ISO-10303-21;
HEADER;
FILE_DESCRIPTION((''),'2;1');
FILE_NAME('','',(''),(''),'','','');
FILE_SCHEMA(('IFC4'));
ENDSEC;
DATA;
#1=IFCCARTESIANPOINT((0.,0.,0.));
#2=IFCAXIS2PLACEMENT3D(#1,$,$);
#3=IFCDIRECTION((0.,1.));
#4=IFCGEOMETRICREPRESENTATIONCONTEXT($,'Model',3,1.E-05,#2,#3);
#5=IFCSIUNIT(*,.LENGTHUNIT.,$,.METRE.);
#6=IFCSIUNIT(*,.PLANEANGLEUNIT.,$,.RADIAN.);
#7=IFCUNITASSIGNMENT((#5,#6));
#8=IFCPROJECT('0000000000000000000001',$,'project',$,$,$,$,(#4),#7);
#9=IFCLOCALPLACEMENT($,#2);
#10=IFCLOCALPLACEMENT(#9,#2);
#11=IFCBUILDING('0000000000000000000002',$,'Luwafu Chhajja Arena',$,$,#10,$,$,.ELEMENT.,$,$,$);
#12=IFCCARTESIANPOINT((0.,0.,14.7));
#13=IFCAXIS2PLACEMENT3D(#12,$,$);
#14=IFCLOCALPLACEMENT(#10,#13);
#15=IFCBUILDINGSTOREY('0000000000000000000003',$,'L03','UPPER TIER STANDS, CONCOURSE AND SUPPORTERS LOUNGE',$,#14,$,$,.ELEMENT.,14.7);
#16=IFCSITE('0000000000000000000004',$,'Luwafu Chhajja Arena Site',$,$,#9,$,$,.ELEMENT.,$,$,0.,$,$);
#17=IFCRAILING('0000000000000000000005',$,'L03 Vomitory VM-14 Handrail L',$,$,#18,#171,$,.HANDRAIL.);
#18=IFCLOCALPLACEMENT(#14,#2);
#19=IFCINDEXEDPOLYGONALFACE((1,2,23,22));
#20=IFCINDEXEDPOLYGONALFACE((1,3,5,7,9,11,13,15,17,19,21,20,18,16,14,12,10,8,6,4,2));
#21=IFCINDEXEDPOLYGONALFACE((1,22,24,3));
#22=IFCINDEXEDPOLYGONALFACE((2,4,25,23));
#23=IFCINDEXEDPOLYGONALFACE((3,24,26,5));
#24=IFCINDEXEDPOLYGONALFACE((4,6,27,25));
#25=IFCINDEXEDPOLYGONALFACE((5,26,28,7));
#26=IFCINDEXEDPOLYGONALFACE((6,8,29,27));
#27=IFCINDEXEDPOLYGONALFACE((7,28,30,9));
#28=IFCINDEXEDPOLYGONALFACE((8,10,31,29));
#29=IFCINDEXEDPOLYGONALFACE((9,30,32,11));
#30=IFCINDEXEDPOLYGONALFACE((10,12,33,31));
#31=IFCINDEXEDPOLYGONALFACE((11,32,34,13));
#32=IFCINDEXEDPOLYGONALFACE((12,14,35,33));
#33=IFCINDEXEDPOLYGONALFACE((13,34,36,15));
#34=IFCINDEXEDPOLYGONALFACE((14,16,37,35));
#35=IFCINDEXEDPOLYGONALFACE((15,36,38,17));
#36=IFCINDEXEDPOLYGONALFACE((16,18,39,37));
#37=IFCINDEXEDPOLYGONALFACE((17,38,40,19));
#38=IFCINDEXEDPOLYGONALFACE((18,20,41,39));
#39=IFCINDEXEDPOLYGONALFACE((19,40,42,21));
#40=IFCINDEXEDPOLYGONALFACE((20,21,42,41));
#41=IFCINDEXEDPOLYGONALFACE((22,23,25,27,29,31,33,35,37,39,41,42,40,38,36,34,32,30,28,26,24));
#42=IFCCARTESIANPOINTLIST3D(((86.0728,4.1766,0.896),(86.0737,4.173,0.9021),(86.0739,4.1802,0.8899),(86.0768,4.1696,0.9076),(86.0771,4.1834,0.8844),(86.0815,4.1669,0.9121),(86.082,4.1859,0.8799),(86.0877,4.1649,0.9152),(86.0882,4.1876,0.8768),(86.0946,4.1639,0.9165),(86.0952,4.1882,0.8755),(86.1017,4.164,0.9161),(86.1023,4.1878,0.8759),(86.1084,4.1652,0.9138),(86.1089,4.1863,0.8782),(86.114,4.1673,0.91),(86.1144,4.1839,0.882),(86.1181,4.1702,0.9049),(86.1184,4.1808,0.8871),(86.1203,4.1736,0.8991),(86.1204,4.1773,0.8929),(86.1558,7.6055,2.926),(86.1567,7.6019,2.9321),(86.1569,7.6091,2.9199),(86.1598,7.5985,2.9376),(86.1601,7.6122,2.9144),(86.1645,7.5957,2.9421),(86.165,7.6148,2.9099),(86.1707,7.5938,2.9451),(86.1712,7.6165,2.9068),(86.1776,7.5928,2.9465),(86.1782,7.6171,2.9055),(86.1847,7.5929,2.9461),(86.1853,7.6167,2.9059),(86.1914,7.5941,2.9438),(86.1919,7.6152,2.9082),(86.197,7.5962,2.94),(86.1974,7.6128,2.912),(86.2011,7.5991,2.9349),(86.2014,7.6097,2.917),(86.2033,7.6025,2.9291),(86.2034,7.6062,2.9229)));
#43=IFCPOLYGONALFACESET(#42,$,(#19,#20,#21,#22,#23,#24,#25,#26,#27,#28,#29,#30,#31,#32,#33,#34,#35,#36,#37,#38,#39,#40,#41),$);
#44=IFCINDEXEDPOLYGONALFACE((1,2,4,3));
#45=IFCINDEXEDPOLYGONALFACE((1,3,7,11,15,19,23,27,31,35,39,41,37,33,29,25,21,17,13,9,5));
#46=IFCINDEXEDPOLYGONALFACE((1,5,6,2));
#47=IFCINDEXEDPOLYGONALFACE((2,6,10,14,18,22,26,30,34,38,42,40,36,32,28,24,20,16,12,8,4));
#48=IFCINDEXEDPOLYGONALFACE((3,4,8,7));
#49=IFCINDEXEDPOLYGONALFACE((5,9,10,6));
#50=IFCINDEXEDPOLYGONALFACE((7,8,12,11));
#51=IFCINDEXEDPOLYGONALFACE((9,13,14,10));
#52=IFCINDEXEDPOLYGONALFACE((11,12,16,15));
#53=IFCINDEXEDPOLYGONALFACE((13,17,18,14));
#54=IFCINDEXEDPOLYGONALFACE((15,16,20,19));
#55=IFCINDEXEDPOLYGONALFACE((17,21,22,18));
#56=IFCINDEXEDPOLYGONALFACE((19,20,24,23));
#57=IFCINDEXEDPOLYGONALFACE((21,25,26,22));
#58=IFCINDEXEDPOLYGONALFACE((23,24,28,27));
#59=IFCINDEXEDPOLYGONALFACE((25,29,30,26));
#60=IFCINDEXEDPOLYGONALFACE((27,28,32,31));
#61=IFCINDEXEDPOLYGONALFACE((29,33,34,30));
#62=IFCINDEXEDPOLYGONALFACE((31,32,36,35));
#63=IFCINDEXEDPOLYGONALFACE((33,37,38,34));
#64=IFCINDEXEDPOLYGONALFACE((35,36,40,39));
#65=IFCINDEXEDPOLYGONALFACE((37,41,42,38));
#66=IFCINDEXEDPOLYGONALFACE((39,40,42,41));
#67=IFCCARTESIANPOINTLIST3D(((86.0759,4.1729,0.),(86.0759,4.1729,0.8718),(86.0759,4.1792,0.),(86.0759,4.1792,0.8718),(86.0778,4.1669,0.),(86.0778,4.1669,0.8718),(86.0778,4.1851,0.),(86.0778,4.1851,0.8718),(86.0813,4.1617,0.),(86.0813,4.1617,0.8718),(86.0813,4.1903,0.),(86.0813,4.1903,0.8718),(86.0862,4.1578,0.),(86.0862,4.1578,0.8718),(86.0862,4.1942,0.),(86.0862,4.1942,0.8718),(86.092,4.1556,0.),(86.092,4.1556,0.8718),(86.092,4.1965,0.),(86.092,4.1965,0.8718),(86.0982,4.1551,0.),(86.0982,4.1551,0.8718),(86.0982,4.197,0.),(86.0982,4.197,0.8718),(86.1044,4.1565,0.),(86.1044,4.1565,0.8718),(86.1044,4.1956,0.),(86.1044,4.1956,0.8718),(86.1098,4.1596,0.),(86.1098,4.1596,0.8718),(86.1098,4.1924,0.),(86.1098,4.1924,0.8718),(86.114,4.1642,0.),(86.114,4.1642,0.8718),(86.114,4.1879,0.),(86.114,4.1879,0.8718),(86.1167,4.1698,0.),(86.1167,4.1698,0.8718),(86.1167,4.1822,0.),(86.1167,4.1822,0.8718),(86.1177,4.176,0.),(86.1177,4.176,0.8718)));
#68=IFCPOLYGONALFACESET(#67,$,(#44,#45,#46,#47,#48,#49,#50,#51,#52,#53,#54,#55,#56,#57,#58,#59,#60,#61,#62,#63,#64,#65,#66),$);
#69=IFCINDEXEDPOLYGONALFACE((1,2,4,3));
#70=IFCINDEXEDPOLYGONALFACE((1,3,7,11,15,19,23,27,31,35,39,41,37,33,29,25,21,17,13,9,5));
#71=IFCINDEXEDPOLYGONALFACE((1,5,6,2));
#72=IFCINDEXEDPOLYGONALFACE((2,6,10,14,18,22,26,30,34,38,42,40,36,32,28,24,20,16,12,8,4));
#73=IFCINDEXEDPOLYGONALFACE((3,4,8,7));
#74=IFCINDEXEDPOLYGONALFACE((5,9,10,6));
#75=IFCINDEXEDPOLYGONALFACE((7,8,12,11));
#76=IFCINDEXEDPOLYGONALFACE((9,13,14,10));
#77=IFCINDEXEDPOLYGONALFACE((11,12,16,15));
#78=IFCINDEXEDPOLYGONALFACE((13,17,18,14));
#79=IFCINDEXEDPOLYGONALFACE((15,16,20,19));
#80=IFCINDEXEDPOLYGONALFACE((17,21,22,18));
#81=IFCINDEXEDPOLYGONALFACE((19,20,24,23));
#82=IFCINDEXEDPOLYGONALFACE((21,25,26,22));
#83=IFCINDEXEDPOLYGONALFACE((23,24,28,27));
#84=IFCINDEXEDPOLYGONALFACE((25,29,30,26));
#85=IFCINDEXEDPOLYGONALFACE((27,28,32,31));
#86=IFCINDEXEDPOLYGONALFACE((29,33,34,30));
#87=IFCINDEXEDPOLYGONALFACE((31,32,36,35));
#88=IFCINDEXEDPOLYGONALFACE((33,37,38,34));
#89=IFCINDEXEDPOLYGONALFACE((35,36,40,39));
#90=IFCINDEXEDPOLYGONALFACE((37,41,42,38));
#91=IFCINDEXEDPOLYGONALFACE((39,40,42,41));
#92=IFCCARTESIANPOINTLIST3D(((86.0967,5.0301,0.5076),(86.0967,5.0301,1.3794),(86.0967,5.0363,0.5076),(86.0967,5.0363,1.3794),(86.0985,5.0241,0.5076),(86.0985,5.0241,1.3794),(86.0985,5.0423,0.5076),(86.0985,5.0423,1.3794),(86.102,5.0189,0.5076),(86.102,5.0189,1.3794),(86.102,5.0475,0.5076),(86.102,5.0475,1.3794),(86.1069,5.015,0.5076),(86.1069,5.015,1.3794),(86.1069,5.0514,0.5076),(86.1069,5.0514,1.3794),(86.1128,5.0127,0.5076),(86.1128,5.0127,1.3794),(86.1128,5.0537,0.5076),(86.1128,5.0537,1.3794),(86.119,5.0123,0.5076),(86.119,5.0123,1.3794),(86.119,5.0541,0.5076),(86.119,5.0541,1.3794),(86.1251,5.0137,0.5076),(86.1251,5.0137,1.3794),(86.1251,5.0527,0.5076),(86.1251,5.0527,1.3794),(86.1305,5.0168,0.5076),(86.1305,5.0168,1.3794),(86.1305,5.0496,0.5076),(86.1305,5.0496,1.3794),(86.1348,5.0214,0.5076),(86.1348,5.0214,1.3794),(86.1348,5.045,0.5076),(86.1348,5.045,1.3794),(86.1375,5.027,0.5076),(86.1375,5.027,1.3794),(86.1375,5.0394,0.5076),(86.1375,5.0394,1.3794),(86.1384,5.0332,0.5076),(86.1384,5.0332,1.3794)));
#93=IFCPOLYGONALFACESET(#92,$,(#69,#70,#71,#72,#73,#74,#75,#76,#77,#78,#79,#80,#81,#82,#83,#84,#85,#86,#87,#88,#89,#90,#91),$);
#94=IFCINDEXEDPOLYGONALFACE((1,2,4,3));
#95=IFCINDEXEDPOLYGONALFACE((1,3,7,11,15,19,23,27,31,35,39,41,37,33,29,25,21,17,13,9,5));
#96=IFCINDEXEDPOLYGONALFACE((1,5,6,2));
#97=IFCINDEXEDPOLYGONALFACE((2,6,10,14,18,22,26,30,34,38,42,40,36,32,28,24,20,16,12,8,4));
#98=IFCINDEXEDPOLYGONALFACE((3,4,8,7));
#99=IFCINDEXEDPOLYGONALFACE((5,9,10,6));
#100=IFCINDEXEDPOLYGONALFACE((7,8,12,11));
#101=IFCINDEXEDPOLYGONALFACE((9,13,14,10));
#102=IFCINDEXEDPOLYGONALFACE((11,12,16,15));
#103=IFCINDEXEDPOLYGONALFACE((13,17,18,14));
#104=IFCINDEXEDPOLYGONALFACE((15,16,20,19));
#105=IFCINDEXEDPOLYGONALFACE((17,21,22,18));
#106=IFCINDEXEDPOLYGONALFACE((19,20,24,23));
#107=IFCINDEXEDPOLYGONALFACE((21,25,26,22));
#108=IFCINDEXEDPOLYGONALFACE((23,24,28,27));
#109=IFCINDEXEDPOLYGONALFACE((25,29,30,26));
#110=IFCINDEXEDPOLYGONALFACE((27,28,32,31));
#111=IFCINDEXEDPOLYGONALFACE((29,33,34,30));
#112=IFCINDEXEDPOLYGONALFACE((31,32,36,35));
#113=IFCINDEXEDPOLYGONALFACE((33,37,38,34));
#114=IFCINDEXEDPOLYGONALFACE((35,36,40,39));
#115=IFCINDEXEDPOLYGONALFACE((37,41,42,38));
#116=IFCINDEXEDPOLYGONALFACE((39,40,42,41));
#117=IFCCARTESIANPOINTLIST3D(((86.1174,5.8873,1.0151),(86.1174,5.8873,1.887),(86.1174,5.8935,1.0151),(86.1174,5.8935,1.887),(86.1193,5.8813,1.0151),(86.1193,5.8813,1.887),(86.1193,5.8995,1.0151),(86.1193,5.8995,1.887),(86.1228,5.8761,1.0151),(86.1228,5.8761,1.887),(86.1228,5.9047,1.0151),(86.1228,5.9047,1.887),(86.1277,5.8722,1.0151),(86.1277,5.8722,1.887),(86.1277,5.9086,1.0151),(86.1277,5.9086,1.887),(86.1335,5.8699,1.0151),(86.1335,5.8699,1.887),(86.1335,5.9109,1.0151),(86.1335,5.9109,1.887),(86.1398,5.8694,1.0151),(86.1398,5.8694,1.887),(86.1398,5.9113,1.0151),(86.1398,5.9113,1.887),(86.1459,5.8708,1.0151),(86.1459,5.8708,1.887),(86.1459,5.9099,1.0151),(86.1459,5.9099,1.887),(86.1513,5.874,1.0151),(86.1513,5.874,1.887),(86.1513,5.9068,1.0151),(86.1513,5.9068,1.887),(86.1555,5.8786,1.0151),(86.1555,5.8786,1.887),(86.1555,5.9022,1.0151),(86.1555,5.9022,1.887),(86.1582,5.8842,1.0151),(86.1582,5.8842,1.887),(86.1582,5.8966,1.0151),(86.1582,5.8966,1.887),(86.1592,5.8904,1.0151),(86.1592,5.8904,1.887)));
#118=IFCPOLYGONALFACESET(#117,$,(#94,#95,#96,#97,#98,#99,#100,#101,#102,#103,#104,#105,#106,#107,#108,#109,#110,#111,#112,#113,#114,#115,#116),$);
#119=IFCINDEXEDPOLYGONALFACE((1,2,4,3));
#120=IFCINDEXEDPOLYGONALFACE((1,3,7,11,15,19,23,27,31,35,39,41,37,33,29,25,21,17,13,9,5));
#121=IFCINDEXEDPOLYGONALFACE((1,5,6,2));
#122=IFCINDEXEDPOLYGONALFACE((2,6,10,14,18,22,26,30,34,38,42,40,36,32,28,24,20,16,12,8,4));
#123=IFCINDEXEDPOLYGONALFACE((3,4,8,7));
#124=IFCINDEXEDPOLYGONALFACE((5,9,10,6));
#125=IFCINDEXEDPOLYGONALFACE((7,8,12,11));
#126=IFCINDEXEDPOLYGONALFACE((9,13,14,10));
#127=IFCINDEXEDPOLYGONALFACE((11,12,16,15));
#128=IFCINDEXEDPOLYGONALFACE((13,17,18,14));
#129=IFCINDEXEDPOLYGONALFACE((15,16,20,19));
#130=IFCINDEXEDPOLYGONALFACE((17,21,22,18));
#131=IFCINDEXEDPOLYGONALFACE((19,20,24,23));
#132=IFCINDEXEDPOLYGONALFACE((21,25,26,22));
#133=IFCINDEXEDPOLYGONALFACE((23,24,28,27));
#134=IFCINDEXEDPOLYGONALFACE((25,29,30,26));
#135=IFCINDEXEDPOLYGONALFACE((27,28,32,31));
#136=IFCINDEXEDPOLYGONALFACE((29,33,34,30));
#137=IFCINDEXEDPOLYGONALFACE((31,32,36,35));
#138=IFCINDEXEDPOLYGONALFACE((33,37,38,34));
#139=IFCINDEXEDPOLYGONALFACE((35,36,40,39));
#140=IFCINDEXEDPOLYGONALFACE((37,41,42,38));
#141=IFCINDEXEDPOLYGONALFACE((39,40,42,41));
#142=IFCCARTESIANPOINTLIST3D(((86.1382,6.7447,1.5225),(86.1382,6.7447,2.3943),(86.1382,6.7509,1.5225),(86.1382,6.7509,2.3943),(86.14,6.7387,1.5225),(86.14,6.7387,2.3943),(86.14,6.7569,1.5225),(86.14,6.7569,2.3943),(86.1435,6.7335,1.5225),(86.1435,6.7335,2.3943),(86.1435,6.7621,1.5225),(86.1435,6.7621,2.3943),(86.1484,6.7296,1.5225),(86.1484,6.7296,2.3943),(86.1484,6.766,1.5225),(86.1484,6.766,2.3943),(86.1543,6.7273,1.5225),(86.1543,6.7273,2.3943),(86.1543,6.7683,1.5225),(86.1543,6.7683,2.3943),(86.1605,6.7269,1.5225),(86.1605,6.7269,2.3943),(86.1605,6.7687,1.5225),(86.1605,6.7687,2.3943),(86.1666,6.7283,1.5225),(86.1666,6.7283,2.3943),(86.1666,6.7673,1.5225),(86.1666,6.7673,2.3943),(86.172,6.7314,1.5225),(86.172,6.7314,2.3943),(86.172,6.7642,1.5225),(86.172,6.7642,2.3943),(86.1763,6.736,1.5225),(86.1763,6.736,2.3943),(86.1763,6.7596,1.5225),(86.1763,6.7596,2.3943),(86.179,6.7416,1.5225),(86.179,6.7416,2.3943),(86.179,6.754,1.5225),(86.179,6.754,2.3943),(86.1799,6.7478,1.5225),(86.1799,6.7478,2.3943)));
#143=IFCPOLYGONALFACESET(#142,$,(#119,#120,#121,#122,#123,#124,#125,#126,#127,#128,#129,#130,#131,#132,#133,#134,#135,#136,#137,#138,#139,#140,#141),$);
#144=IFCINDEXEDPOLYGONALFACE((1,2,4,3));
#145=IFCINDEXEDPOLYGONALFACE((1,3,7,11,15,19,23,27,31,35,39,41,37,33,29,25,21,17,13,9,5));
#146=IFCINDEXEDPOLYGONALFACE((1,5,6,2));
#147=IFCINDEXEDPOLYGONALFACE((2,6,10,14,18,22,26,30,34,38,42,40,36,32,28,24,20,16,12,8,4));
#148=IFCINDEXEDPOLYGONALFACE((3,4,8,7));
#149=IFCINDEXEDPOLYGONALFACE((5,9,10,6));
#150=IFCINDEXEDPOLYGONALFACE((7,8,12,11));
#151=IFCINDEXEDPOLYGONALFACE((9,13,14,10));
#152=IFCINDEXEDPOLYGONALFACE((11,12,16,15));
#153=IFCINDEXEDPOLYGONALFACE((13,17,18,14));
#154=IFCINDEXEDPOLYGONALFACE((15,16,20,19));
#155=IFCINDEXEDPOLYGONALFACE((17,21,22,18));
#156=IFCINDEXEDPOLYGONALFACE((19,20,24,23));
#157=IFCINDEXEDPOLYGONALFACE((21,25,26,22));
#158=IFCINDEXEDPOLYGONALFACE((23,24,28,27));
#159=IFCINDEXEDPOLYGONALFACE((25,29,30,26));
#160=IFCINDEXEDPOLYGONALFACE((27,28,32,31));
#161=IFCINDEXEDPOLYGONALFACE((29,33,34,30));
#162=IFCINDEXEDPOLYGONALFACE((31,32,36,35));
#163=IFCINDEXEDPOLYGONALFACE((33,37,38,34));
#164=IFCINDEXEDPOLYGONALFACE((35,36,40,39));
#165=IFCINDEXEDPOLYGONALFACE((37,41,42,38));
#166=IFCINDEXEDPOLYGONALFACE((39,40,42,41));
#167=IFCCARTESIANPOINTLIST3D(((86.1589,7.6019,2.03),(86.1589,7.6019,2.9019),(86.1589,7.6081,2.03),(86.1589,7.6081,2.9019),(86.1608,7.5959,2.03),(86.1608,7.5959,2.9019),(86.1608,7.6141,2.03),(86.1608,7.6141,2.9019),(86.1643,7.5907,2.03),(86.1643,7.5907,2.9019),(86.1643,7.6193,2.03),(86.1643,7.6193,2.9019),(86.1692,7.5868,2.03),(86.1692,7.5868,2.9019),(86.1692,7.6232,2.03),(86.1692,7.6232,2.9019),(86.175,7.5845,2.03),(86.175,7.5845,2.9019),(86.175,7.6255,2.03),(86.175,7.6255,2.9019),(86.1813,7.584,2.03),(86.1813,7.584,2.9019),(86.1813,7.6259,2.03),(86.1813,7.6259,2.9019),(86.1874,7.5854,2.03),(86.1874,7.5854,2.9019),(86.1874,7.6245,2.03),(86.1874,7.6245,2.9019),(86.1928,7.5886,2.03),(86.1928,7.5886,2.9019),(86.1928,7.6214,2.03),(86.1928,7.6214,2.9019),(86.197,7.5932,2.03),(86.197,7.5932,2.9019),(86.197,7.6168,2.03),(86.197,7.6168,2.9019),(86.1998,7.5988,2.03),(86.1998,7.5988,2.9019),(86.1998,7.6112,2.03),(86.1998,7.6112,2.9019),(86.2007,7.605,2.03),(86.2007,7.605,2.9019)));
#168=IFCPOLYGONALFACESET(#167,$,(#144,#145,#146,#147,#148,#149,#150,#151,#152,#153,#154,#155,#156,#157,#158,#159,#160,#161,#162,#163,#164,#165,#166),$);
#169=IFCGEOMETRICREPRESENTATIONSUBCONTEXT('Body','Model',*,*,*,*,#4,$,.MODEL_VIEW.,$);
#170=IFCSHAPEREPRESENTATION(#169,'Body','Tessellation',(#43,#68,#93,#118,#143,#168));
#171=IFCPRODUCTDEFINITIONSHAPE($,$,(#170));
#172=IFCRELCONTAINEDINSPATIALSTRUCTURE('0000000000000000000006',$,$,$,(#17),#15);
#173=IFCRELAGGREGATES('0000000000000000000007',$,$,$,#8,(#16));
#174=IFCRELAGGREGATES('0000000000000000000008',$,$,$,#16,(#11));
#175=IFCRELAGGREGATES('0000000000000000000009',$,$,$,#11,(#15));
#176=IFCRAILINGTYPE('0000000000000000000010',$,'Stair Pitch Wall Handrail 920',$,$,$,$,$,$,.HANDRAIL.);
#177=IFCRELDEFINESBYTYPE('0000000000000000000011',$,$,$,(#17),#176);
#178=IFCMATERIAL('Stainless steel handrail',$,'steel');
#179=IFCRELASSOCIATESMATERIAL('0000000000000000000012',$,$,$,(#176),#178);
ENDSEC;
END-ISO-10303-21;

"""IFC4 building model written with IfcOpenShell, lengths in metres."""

from ifc_helpers import new_model, si_unit, direction, frame, origin, origin_2d, place, context, subcontext, project, spatial, circle, extrude, material, type_object, element, save


model = new_model("IFC4")

# Units and contexts
model_context = context("Model", 3, precision=1e-05, world=origin(), true_north=direction((0.0, 1.0)))
body_context = subcontext(model_context, "Body", "Model", "MODEL_VIEW")
ifc_project = project(units=[si_unit("LENGTHUNIT", "METRE"), si_unit("PLANEANGLEUNIT", "RADIAN")], contexts=[model_context])

# Site, building, storey
site_placement = place(None, origin())
site = spatial("IfcSite", under=ifc_project, at=site_placement, Name="Luwafu Chhajja Arena Site", CompositionType="ELEMENT", RefElevation=0.0)
building_placement = place(site_placement, origin())
building = spatial("IfcBuilding", under=site, at=building_placement, Name="Luwafu Chhajja Arena", CompositionType="ELEMENT")
storey_placement = place(building_placement, frame((0.0, 0.0, 14.7)))
storey = spatial("IfcBuildingStorey", under=building, at=storey_placement, Name="L03", Description="UPPER TIER STANDS, CONCOURSE AND SUPPORTERS LOUNGE", CompositionType="ELEMENT", Elevation=14.7)

# Railing
ifc_material_1 = material(Name="Stainless steel handrail", Category="steel")
railing_type_1 = type_object("IfcRailingType", Name="Stair Pitch Wall Handrail 920", PredefinedType="HANDRAIL", material=ifc_material_1)
railing_1_placement = place(storey_placement, frame((86.0967, 4.176, 0.0)))
element("IfcRailing", 1, at=railing_1_placement, inside=storey, type_object=railing_type_1, Name="L03 Vomitory VM-14 Handrail L", PredefinedType="HANDRAIL", context=body_context, shape_type="SweptSolid", body=[
    extrude(circle(Radius=0.0239, at=origin_2d()), frame((0.0, 0.0, 0.896), z_axis=(0.020827, 0.860319, 0.509331), x_axis=(-0.999707, 0.024201, 0.0)), (0.0, 0.0, 1.0), 3.9856),
    extrude(circle(Radius=0.021, at=origin_2d()), origin(), (0.0, 0.0, 1.0), 0.8718),
    extrude(circle(Radius=0.021, at=origin_2d()), frame((0.0208, 0.8572, 0.5076)), (0.0, 0.0, 1.0), 0.8718),
    extrude(circle(Radius=0.021, at=origin_2d()), frame((0.0415, 1.7144, 1.0151)), (0.0, 0.0, 1.0), 0.8718),
    extrude(circle(Radius=0.021, at=origin_2d()), frame((0.0623, 2.5718, 1.5225)), (0.0, 0.0, 1.0), 0.8718),
    extrude(circle(Radius=0.021, at=origin_2d()), frame((0.083, 3.429, 2.03)), (0.0, 0.0, 1.0), 0.8718),
])

save(model, "model.ifc")
